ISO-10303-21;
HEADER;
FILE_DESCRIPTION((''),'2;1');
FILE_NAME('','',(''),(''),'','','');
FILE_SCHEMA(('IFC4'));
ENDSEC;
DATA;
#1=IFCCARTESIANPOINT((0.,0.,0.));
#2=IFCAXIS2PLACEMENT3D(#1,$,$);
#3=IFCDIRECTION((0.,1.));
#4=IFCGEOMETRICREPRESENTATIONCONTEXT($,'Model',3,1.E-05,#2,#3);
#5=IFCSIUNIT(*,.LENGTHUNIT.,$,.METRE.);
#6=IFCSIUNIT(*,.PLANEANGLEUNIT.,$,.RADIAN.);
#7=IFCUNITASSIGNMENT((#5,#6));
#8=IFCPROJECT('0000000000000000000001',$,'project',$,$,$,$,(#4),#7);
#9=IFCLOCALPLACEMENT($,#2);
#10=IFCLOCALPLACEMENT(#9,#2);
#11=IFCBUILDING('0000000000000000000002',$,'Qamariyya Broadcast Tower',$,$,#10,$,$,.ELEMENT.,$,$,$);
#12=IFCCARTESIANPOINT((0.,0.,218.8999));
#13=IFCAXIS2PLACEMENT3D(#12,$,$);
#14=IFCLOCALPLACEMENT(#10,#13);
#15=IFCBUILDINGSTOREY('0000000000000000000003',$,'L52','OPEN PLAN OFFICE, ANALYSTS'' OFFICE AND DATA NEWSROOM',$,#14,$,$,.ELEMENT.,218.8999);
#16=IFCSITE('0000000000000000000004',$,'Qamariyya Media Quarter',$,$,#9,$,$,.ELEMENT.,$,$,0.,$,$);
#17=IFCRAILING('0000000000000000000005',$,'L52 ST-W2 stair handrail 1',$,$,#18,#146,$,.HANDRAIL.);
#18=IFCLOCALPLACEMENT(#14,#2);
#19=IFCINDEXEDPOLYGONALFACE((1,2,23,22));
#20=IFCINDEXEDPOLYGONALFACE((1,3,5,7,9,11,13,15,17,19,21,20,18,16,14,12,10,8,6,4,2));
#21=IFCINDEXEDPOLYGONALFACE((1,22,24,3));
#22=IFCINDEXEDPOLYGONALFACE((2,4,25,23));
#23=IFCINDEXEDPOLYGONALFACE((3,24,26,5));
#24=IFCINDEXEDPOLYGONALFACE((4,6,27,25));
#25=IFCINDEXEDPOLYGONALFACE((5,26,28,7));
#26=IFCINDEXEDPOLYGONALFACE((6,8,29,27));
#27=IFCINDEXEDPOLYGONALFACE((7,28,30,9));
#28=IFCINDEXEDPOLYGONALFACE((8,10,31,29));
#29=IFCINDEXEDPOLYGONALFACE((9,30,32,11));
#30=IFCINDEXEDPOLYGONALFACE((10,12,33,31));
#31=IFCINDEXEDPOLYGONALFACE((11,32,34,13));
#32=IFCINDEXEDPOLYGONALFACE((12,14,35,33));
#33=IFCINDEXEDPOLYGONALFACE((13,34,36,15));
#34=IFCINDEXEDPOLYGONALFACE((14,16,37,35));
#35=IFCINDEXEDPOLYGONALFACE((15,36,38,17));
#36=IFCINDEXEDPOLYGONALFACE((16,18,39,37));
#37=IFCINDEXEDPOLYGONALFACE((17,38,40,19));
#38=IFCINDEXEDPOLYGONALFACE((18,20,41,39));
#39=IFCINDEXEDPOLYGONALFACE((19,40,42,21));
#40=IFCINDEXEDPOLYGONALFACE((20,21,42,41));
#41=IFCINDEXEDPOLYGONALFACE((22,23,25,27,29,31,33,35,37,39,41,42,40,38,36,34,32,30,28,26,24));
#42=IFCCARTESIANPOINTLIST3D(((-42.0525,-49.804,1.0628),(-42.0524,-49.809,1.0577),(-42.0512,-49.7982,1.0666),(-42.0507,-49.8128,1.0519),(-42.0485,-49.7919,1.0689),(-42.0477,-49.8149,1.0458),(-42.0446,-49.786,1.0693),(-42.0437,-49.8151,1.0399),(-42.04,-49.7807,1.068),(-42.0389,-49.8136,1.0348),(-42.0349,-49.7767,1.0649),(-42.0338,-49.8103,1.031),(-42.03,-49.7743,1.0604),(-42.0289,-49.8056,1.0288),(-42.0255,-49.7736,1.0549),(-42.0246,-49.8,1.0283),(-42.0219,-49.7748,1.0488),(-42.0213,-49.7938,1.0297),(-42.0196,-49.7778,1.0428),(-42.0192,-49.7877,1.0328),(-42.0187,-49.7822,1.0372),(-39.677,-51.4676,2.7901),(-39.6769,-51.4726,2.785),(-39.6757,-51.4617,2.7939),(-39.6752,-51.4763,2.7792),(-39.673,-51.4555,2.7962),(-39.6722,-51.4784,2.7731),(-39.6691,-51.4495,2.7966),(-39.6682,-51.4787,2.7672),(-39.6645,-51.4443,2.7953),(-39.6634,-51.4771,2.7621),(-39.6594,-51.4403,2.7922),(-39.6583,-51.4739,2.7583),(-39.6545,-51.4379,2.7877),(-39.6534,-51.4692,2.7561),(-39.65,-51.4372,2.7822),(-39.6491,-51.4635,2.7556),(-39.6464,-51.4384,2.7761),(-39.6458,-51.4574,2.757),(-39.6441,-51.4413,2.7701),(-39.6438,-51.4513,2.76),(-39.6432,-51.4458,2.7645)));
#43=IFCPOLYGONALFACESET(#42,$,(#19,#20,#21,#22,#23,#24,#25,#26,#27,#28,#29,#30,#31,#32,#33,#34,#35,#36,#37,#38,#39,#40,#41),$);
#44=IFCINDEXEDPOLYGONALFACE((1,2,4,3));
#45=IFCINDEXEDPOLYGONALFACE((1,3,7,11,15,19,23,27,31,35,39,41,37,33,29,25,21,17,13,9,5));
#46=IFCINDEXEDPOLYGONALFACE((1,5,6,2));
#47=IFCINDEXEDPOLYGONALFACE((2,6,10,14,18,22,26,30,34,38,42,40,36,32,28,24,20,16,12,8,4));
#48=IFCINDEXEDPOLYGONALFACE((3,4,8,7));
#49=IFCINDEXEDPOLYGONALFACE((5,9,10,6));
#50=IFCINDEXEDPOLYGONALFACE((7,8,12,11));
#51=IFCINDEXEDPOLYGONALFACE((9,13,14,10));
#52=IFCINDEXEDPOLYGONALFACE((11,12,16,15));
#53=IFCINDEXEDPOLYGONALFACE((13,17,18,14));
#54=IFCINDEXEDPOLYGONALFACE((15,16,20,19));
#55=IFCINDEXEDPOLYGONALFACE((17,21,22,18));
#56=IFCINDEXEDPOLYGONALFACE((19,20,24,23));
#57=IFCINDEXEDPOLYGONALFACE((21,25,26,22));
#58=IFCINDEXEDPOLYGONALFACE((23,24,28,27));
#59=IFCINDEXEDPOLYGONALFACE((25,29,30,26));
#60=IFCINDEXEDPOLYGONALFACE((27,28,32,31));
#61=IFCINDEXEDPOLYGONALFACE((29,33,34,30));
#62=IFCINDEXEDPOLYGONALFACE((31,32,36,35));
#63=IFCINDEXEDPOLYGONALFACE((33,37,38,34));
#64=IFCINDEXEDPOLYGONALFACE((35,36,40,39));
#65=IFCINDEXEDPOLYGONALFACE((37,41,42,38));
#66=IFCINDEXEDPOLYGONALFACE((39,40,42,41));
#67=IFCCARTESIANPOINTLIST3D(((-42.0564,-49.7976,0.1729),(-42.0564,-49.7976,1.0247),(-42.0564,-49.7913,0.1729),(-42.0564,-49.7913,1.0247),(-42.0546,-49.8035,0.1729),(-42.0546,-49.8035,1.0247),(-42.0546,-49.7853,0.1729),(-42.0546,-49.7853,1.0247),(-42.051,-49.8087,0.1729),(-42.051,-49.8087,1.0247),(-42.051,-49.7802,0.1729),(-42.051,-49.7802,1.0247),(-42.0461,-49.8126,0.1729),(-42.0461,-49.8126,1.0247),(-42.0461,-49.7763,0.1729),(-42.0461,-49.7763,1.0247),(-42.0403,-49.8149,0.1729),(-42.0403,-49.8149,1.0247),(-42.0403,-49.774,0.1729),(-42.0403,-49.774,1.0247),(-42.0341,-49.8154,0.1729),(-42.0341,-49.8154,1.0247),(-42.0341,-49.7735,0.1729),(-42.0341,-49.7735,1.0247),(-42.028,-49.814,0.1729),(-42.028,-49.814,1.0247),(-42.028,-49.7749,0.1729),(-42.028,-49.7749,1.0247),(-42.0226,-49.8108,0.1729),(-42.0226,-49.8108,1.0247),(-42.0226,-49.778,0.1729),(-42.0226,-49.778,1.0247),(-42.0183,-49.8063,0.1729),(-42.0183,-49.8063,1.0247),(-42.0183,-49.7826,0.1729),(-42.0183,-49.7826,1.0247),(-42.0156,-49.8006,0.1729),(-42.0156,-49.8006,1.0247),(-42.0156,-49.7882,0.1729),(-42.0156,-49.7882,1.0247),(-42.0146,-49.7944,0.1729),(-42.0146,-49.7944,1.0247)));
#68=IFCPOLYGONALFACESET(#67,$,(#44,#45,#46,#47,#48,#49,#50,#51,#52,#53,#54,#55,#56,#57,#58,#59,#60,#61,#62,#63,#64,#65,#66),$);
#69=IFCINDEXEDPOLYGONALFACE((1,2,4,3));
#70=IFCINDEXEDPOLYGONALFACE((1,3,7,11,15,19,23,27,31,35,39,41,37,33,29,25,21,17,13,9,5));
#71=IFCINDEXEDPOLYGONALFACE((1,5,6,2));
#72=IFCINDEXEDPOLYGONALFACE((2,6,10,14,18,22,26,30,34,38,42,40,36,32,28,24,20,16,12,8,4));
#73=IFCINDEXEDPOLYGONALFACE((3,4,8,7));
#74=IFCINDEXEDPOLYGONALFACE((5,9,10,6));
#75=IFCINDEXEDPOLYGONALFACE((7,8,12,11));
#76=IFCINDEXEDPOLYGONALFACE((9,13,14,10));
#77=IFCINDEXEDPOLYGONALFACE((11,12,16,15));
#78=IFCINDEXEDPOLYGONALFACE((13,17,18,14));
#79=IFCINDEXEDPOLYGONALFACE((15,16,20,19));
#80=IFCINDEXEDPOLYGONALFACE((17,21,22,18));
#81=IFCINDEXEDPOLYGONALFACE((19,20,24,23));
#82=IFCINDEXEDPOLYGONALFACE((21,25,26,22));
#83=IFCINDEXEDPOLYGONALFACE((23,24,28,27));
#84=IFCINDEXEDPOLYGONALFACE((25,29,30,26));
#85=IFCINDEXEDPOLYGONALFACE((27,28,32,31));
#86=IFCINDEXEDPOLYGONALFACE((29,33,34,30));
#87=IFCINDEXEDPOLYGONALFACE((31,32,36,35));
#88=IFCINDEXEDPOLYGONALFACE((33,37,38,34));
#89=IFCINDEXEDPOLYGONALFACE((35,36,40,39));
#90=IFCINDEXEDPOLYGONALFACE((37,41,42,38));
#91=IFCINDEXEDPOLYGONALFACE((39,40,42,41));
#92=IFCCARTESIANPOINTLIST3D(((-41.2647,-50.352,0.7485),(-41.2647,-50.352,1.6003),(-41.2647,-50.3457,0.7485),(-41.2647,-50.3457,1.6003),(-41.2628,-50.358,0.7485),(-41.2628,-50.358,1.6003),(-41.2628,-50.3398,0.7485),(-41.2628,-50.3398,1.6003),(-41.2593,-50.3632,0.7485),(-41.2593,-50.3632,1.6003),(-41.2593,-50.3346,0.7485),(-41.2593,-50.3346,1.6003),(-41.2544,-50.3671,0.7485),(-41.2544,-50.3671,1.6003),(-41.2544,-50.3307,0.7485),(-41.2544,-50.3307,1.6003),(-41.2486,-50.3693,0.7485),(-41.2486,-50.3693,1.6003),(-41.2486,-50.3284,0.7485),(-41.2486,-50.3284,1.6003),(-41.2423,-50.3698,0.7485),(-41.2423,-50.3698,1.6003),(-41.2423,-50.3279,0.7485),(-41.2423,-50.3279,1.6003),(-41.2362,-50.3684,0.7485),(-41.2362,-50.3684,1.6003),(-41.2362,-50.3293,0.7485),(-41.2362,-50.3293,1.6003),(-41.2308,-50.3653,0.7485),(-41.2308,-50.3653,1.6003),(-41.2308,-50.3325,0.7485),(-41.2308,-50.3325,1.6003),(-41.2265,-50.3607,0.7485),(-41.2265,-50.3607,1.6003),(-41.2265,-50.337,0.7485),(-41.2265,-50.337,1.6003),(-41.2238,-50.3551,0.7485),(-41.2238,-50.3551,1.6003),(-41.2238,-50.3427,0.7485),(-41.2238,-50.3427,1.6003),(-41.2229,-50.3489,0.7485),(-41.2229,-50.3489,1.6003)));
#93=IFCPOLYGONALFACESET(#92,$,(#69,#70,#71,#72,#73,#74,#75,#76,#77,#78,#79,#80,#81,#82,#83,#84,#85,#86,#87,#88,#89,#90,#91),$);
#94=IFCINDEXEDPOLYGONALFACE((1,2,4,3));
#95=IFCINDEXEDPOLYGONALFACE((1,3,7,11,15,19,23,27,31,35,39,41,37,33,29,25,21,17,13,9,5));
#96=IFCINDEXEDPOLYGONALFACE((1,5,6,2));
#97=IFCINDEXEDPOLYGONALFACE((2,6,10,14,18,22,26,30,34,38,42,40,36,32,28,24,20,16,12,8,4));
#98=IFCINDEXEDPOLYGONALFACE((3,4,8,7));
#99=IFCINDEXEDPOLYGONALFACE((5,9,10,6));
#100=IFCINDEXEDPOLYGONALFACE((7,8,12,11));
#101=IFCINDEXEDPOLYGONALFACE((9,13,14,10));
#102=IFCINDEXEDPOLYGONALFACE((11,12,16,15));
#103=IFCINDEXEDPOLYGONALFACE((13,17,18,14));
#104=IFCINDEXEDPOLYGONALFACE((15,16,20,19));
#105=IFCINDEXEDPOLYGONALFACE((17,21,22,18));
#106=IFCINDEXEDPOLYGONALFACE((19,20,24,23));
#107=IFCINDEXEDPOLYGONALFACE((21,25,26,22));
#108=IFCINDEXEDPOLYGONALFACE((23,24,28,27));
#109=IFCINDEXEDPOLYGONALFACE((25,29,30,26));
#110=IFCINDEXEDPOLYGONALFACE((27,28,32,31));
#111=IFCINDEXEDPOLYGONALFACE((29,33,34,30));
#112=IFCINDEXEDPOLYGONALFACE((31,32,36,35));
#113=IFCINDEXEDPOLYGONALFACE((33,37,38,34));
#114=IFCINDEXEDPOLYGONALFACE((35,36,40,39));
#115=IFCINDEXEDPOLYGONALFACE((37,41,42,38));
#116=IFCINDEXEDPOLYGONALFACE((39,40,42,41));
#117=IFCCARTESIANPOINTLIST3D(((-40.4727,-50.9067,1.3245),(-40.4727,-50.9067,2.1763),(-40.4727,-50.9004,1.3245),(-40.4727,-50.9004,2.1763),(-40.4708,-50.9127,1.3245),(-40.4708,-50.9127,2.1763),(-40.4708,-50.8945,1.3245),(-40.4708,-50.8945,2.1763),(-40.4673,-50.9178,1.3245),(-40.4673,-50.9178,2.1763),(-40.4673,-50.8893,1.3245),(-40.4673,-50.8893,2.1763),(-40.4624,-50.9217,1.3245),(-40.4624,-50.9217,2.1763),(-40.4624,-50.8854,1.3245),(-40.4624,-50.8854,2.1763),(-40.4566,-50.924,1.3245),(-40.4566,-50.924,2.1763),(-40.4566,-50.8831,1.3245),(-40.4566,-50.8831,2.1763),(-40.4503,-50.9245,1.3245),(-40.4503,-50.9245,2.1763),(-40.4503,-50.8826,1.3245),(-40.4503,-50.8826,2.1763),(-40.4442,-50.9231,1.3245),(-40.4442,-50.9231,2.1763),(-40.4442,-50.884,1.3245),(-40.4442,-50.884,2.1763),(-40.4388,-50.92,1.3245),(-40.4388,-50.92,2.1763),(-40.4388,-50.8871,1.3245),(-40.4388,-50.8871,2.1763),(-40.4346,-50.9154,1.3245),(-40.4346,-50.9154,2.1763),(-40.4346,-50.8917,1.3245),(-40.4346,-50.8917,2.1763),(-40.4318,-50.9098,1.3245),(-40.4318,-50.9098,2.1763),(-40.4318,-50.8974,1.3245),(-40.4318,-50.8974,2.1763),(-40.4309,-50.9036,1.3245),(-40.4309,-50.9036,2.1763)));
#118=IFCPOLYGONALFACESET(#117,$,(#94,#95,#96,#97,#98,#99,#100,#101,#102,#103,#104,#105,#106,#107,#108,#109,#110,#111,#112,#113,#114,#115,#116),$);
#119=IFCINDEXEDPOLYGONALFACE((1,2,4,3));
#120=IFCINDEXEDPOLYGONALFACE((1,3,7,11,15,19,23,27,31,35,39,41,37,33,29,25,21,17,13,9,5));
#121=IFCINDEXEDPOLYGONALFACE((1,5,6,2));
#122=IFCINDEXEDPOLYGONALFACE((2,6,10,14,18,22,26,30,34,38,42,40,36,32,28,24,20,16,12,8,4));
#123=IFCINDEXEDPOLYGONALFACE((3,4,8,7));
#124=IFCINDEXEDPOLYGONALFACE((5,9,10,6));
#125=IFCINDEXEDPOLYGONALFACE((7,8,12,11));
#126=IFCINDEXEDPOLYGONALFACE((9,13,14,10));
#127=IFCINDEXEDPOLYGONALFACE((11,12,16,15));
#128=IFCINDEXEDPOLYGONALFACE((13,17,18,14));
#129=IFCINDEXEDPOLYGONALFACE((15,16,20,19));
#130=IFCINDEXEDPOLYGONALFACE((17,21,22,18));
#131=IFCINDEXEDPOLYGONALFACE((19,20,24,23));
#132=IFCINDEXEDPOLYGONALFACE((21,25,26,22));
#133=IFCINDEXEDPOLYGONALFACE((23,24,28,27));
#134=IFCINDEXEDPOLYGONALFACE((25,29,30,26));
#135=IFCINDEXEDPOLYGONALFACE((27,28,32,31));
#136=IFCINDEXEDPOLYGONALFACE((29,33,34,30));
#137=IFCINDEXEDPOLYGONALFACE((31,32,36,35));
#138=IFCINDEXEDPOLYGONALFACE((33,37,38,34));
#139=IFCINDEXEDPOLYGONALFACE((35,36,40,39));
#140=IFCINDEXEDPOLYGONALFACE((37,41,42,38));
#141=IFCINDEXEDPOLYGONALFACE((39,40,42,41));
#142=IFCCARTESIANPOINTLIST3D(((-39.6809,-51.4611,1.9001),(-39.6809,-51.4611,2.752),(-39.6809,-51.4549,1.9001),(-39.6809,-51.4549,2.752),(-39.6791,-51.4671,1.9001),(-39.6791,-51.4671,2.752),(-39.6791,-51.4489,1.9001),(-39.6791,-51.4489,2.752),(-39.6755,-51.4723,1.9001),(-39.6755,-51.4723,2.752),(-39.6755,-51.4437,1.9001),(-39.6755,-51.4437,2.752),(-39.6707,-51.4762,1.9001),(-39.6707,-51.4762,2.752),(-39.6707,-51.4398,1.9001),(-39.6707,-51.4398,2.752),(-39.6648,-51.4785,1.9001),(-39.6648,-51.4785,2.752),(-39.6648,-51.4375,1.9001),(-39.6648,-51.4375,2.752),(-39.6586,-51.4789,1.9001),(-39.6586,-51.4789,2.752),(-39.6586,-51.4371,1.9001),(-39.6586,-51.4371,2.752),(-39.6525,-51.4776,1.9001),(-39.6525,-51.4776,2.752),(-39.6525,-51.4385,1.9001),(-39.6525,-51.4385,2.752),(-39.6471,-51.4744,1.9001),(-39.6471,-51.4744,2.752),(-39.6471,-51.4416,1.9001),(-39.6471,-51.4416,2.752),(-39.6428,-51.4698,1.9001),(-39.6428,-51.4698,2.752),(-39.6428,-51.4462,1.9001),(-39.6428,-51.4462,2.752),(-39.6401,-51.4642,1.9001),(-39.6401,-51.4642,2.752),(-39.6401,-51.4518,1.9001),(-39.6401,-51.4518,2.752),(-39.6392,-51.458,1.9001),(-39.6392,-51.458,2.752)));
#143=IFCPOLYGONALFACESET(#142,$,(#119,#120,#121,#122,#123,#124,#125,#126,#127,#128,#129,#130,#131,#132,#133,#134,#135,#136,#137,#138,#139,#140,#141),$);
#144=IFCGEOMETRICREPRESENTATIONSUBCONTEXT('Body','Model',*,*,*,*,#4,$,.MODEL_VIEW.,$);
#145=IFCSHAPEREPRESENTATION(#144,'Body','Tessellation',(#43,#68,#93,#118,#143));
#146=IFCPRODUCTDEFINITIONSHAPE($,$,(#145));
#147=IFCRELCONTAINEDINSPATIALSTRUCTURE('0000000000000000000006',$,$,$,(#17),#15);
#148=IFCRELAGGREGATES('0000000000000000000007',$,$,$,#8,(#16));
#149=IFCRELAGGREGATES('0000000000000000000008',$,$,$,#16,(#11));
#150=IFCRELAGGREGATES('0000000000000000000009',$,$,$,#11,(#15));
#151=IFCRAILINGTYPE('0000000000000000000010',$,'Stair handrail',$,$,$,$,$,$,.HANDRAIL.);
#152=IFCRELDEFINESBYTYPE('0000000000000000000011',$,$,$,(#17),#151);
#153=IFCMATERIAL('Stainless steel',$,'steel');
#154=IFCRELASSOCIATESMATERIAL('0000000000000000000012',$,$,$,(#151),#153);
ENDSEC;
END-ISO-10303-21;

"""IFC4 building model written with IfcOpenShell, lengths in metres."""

from ifc_helpers import new_model, si_unit, direction, frame, origin, origin_2d, place, context, subcontext, project, spatial, circle, extrude, material, type_object, element, save


model = new_model("IFC4")

# Units and contexts
model_context = context("Model", 3, precision=1e-05, world=origin(), true_north=direction((0.0, 1.0)))
body_context = subcontext(model_context, "Body", "Model", "MODEL_VIEW")
ifc_project = project(units=[si_unit("LENGTHUNIT", "METRE"), si_unit("PLANEANGLEUNIT", "RADIAN")], contexts=[model_context])

# Site, building, storey
site_placement = place(None, origin())
site = spatial("IfcSite", under=ifc_project, at=site_placement, Name="Qamariyya Media Quarter", CompositionType="ELEMENT", RefElevation=0.0)
building_placement = place(site_placement, origin())
building = spatial("IfcBuilding", under=site, at=building_placement, Name="Qamariyya Broadcast Tower", CompositionType="ELEMENT")
storey_placement = place(building_placement, frame((0.0, 0.0, 218.8999)))
storey = spatial("IfcBuildingStorey", under=building, at=storey_placement, Name="L52", Description="OPEN PLAN OFFICE, ANALYSTS' OFFICE AND DATA NEWSROOM", CompositionType="ELEMENT", Elevation=218.8999)

# Railing
ifc_material_1 = material(Name="Stainless steel", Category="steel")
railing_type_1 = type_object("IfcRailingType", Name="Stair handrail", PredefinedType="HANDRAIL", material=ifc_material_1)
railing_1_placement = place(storey_placement, frame((-42.0356, -49.7944, 0.1729)))
element("IfcRailing", 1, at=railing_1_placement, inside=storey, type_object=railing_type_1, Name="L52 ST-W2 stair handrail 1", PredefinedType="HANDRAIL", context=body_context, shape_type="SweptSolid", body=[
    extrude(circle(Radius=0.0239, at=origin_2d()), frame((0.0, 0.0, 0.876), z_axis=(0.703745, -0.492838, 0.511716), x_axis=(0.573632, 0.819113, 0.0)), (0.0, 0.0, 1.0), 3.3755),
    extrude(circle(Radius=0.021, at=origin_2d()), origin(), (0.0, 0.0, 1.0), 0.8518),
    extrude(circle(Radius=0.021, at=origin_2d()), frame((0.7917, -0.5544, 0.5757)), (0.0, 0.0, 1.0), 0.8518),
    extrude(circle(Radius=0.021, at=origin_2d()), frame((1.5837, -1.1091, 1.1516)), (0.0, 0.0, 1.0), 0.8518),
    extrude(circle(Radius=0.021, at=origin_2d()), frame((2.3755, -1.6636, 1.7273)), (0.0, 0.0, 1.0), 0.8518),
])

save(model, "model.ifc")
